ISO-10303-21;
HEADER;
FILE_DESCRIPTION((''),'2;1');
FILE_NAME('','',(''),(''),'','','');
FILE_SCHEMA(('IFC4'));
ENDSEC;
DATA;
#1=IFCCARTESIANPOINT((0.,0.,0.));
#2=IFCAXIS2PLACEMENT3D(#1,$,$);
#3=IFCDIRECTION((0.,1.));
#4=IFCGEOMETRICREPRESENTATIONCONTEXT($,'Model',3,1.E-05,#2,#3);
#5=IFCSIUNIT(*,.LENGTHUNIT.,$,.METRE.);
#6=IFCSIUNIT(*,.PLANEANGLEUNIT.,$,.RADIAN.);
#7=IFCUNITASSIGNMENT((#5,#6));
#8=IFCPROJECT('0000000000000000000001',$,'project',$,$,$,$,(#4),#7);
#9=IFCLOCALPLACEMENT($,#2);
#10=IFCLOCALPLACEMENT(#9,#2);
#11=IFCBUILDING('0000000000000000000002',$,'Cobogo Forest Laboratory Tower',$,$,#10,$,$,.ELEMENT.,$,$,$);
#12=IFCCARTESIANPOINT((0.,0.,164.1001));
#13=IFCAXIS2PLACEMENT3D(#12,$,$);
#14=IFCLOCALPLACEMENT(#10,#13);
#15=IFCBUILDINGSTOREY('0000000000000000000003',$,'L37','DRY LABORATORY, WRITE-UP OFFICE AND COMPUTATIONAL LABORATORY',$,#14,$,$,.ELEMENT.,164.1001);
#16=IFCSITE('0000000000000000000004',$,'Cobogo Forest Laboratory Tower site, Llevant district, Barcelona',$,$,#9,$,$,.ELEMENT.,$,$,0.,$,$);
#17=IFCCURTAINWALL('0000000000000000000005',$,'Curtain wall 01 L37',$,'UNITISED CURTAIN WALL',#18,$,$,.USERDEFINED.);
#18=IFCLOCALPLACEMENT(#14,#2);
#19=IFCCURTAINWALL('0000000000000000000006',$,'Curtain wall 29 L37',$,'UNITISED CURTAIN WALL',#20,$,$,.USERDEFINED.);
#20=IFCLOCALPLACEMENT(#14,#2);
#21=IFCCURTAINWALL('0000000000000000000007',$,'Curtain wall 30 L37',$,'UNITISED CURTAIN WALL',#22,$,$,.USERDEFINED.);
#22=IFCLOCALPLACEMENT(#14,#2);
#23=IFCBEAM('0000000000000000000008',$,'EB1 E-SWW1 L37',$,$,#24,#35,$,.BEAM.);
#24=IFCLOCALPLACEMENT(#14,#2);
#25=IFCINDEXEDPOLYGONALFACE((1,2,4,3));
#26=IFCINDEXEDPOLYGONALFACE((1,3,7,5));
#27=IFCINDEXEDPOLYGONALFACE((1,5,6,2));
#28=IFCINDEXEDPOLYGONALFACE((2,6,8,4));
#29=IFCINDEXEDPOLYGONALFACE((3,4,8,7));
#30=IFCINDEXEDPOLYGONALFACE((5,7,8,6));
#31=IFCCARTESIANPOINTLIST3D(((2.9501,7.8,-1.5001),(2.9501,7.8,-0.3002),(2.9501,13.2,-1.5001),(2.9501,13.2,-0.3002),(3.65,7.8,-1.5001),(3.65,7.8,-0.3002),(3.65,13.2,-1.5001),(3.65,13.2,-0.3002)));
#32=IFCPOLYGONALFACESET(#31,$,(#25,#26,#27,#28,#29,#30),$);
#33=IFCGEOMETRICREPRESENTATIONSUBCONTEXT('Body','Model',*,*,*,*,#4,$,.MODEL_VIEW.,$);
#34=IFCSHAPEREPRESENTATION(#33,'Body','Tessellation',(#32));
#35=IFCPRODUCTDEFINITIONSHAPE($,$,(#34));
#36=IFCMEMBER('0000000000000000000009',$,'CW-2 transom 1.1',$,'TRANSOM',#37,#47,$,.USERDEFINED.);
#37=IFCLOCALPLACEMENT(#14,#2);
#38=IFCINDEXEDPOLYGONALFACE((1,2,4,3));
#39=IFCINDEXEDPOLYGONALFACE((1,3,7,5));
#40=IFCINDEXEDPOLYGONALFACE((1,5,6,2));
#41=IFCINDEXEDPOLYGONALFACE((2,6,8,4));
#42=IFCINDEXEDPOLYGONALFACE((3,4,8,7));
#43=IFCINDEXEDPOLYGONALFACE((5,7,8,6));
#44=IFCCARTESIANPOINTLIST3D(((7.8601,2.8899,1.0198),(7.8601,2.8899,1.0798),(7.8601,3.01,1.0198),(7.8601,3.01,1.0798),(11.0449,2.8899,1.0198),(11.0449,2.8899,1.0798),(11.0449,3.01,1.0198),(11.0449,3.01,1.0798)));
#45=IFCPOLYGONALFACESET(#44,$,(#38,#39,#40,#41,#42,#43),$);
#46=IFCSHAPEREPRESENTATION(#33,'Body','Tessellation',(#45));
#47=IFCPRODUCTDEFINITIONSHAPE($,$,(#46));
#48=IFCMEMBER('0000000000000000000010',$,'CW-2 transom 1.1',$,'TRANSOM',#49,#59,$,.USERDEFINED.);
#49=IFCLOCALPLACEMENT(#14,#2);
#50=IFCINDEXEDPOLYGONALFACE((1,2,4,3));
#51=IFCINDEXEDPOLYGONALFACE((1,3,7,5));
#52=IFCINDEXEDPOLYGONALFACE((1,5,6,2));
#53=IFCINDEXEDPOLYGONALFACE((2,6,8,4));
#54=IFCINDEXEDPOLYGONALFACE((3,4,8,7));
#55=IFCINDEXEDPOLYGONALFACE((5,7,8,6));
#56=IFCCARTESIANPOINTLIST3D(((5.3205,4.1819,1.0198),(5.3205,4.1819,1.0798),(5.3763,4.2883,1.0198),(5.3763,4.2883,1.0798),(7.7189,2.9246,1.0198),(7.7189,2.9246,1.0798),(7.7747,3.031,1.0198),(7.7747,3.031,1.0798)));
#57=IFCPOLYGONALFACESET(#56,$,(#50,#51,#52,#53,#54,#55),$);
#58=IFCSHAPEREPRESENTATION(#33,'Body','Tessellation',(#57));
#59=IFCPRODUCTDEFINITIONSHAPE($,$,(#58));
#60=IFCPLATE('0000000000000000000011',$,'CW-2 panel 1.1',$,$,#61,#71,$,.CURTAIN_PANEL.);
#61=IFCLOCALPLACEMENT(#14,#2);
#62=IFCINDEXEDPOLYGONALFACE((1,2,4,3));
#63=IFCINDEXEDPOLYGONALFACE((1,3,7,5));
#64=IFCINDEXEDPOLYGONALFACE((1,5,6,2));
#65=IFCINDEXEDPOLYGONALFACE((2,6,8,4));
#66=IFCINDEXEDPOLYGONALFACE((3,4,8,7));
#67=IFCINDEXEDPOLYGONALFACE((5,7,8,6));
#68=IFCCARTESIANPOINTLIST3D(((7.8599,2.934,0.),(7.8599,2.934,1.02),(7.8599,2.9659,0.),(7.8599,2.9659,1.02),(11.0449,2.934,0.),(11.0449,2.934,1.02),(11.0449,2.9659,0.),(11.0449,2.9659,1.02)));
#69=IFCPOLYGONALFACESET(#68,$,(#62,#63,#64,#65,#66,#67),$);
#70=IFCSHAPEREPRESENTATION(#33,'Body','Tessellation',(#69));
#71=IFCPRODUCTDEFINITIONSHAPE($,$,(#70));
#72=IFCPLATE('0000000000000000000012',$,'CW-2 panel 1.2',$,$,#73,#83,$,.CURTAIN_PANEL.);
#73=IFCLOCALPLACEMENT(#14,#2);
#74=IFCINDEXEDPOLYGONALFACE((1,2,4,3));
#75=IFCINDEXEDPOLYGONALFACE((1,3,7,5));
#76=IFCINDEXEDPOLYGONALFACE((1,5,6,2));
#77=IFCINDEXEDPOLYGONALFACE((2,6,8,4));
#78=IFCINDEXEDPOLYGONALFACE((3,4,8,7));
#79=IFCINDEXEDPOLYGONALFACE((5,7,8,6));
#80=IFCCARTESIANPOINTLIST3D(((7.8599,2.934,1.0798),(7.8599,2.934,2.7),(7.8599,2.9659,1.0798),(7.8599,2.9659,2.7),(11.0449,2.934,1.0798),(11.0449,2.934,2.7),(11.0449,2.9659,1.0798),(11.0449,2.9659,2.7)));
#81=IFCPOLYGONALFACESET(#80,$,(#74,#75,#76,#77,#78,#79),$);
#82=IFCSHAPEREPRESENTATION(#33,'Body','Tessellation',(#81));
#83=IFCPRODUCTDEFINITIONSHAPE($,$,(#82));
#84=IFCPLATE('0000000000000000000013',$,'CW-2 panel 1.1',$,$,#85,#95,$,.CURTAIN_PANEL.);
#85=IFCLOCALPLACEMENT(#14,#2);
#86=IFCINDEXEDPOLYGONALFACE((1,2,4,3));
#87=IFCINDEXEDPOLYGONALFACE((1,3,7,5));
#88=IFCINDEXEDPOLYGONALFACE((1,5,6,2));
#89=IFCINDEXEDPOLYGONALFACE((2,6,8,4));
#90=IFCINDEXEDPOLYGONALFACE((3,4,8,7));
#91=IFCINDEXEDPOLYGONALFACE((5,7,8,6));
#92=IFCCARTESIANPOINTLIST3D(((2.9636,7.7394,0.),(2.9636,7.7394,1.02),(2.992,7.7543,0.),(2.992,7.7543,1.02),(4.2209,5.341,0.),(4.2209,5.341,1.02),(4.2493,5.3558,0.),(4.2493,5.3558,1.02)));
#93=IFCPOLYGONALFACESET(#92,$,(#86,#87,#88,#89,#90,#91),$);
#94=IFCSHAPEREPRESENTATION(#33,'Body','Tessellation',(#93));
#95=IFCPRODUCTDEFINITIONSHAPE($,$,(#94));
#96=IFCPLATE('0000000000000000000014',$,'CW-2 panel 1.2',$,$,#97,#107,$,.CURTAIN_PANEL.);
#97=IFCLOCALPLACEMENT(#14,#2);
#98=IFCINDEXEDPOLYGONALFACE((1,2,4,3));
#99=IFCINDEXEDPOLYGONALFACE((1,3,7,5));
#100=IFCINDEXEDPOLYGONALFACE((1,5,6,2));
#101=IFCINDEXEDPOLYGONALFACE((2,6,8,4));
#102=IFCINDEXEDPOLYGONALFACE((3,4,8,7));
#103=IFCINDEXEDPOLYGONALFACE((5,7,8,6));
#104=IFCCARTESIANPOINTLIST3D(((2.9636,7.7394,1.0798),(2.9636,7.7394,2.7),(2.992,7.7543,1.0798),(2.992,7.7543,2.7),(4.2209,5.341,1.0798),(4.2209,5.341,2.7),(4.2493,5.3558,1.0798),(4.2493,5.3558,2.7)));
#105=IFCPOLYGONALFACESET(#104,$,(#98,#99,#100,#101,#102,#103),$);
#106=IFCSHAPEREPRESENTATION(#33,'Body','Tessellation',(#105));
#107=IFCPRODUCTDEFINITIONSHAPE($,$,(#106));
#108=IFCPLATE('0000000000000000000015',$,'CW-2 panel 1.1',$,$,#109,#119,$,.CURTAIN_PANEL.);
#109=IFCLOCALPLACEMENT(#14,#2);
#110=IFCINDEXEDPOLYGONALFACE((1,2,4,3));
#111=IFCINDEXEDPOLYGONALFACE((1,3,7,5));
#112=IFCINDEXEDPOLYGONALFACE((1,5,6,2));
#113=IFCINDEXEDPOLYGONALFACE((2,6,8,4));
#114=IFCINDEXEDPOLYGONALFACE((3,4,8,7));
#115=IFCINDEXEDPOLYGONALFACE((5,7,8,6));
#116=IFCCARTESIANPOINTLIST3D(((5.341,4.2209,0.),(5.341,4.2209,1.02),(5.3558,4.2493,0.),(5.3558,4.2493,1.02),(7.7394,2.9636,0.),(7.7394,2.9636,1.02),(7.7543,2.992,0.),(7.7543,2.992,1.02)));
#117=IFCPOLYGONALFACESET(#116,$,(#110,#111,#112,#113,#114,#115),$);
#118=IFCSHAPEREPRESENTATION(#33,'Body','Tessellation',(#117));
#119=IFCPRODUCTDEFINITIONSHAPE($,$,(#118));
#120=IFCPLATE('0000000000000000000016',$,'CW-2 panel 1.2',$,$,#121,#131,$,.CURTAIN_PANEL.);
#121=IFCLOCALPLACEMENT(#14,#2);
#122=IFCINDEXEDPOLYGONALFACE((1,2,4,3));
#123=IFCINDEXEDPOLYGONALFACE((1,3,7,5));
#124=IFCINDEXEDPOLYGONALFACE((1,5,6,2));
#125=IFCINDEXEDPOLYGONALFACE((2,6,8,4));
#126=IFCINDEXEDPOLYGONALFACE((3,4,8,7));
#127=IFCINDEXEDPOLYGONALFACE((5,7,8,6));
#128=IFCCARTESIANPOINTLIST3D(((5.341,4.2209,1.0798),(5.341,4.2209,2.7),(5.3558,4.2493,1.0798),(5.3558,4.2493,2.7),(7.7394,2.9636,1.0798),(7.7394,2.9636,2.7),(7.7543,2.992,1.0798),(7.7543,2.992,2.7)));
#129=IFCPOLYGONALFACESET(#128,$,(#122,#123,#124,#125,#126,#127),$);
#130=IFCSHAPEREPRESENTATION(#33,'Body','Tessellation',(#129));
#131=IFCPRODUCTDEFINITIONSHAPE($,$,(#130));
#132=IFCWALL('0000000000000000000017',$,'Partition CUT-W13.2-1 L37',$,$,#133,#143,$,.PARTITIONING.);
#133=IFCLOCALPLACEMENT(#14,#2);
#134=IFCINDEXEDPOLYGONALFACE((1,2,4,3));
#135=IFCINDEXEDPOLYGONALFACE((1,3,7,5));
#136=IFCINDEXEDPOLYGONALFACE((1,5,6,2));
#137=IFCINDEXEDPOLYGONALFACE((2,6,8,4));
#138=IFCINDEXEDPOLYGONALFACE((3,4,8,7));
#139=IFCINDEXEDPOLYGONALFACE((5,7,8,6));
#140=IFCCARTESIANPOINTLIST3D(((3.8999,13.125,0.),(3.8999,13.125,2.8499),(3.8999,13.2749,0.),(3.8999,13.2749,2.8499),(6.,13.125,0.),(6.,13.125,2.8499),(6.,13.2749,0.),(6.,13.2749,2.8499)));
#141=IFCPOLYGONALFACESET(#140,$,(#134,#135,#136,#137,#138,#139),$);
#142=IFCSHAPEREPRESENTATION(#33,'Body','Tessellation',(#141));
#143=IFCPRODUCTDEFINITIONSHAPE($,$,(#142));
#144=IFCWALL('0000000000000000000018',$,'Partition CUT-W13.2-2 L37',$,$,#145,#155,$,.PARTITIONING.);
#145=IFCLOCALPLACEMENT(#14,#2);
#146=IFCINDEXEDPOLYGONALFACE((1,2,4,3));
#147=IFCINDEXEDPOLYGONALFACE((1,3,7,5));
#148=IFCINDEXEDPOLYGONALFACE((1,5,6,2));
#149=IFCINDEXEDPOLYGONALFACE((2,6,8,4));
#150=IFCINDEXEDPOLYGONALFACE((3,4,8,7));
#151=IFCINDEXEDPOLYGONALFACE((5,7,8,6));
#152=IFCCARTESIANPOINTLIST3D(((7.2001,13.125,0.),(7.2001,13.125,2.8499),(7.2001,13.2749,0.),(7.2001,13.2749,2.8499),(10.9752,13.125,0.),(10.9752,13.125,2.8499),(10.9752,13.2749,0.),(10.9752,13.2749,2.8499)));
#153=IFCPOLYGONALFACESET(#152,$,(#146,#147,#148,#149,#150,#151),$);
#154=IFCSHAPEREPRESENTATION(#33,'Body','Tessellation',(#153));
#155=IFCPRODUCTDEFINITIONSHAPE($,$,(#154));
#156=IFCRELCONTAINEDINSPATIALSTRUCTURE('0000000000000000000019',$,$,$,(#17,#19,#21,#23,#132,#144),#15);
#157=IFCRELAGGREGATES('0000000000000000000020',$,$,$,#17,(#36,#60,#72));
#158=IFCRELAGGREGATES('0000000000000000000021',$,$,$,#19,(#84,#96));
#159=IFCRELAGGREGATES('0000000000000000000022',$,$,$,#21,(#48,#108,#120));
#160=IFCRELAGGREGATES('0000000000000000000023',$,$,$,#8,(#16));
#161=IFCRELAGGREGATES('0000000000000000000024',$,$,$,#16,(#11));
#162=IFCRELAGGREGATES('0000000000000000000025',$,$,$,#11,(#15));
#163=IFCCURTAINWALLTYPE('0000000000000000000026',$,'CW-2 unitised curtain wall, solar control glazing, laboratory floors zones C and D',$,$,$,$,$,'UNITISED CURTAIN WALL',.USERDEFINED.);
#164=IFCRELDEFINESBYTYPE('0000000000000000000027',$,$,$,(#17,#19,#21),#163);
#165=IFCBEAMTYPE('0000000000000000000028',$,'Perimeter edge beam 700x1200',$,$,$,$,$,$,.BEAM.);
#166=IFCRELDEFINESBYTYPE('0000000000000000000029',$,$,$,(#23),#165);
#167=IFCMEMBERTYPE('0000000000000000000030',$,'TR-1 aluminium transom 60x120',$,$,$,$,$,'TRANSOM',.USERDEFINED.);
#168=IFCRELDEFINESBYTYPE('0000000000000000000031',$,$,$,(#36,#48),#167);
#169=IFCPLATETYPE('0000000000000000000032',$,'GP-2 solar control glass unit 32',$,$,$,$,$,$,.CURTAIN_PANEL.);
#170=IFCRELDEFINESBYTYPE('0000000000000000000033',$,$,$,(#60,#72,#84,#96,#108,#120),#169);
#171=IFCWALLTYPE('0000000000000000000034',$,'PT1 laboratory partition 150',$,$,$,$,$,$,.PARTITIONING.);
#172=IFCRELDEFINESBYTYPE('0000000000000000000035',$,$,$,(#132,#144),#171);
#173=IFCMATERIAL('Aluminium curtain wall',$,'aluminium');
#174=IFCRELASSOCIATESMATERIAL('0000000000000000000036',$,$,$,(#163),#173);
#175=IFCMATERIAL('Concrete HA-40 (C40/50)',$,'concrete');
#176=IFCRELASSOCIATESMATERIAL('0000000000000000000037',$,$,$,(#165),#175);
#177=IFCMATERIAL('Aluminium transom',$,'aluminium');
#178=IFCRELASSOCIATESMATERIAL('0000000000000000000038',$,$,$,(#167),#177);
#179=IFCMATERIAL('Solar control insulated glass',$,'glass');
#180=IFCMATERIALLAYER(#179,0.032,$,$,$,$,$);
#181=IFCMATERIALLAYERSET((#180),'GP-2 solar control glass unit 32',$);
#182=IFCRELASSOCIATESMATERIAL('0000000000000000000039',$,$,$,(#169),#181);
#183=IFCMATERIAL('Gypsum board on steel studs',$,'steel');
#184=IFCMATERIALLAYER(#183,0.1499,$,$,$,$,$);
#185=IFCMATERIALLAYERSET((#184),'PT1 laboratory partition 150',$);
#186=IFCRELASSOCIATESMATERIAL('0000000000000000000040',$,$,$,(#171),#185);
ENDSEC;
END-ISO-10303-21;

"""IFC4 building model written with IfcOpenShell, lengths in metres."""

from ifc_helpers import new_model, si_unit, direction, frame, frame_2d, origin, origin_2d, place, context, subcontext, project, spatial, rectangle, extrude, material, layer, layer_set, material_profile, profile_set, type_object, element, aggregate, save


model = new_model("IFC4")

# Units and contexts
model_context = context("Model", 3, precision=1e-05, world=origin(), true_north=direction((0.0, 1.0)))
body_context = subcontext(model_context, "Body", "Model", "MODEL_VIEW")
ifc_project = project(units=[si_unit("LENGTHUNIT", "METRE"), si_unit("PLANEANGLEUNIT", "RADIAN")], contexts=[model_context])

# Site, building, storey
site_placement = place(None, origin())
site = spatial("IfcSite", under=ifc_project, at=site_placement, Name="Cobogo Forest Laboratory Tower site, Llevant district, Barcelona", CompositionType="ELEMENT", RefElevation=0.0)
building_placement = place(site_placement, origin())
building = spatial("IfcBuilding", under=site, at=building_placement, Name="Cobogo Forest Laboratory Tower", CompositionType="ELEMENT")
storey_placement = place(building_placement, frame((0.0, 0.0, 164.1001)))
storey = spatial("IfcBuildingStorey", under=building, at=storey_placement, Name="L37", Description="DRY LABORATORY, WRITE-UP OFFICE AND COMPUTATIONAL LABORATORY", CompositionType="ELEMENT", Elevation=164.1001)

# Shared definitions
ifc_material_1 = material(Name="Concrete HA-40 (C40/50)", Category="concrete")

# Curtain walls
ifc_material_2 = material(Name="Aluminium curtain wall", Category="aluminium")
curtain_wall_type = type_object("IfcCurtainWallType", Name="CW-2 unitised curtain wall, solar control glazing, laboratory floors zones C and D", ElementType="UNITISED CURTAIN WALL", PredefinedType="USERDEFINED", material=ifc_material_2)
curtain_wall_1_placement = place(storey_placement, origin())
curtain_wall_1 = element("IfcCurtainWall", 1, at=curtain_wall_1_placement, inside=storey, type_object=curtain_wall_type, Name="Curtain wall 01 L37", ObjectType="UNITISED CURTAIN WALL", PredefinedType="USERDEFINED")
curtain_wall_2_placement = place(storey_placement, origin())
curtain_wall_2 = element("IfcCurtainWall", 2, at=curtain_wall_2_placement, inside=storey, type_object=curtain_wall_type, Name="Curtain wall 29 L37", ObjectType="UNITISED CURTAIN WALL", PredefinedType="USERDEFINED")

# Curtain wall
curtain_wall_3_placement = place(storey_placement, origin())
curtain_wall_3 = element("IfcCurtainWall", 3, at=curtain_wall_3_placement, inside=storey, type_object=curtain_wall_type, Name="Curtain wall 30 L37", ObjectType="UNITISED CURTAIN WALL", PredefinedType="USERDEFINED")

# Beam
ifc_material_profile_1 = material_profile(ifc_material_1, rectangle(XDim=0.7, YDim=1.2, at=origin_2d()), Name="RC 700x1200")
ifc_profile_set_1 = profile_set([ifc_material_profile_1], Name="Concrete HA-40 (C40/50)")
beam_type_1 = type_object("IfcBeamType", Name="Perimeter edge beam 700x1200", PredefinedType="BEAM", material=ifc_profile_set_1)
beam_1_placement = place(storey_placement, frame((3.3, 13.2, -0.9001), z_axis=(0.0, -1.0, 0.0), x_axis=(1.0, 0.0, 0.0)))
element("IfcBeam", 4, at=beam_1_placement, inside=storey, type_object=beam_type_1, Name="EB1 E-SWW1 L37", PredefinedType="BEAM", context=body_context, shape_type="SweptSolid", body=[
    extrude(rectangle(XDim=0.7, YDim=1.2, at=origin_2d()), origin(), (0.0, 0.0, 1.0), 5.3999),
])

# Members
ifc_material_3 = material(Name="Aluminium transom", Category="aluminium")
ifc_material_profile_2 = material_profile(ifc_material_3, rectangle(XDim=0.1201, YDim=0.0601, at=origin_2d()), Name="AL 60x120")
ifc_profile_set_2 = profile_set([ifc_material_profile_2], Name="Aluminium transom")
member_type_1 = type_object("IfcMemberType", Name="TR-1 aluminium transom 60x120", ElementType="TRANSOM", PredefinedType="USERDEFINED", material=ifc_profile_set_2)
member_1_placement = place(storey_placement, frame((7.8601, 2.95, 1.0498), z_axis=(1.0, 0.0, 0.0), x_axis=(0.0, 1.0, 0.0)))
member_1 = element("IfcMember", 5, at=member_1_placement, type_object=member_type_1, Name="CW-2 transom 1.1", ObjectType="TRANSOM", PredefinedType="USERDEFINED", context=body_context, shape_type="SweptSolid", body=[
    extrude(rectangle(XDim=0.1201, YDim=0.0601, at=origin_2d()), origin(), (0.0, 0.0, 1.0), 3.1848),
])
member_2_placement = place(storey_placement, frame((5.3484, 4.2351, 1.0498), z_axis=(0.88568, -0.464297, 0.0), x_axis=(0.464297, 0.88568, 0.0)))
member_2 = element("IfcMember", 6, at=member_2_placement, type_object=member_type_1, Name="CW-2 transom 1.1", ObjectType="TRANSOM", PredefinedType="USERDEFINED", context=body_context, shape_type="SweptSolid", body=[
    extrude(rectangle(XDim=0.1201, YDim=0.0601, at=origin_2d()), origin(), (0.0, 0.0, 1.0), 2.708),
])

# Plates
ifc_material_4 = material(Name="Solar control insulated glass", Category="glass")
ifc_layer_1 = layer(ifc_material_4, 0.032)
ifc_layer_set_1 = layer_set([ifc_layer_1], Name="GP-2 solar control glass unit 32")
plate_type = type_object("IfcPlateType", Name="GP-2 solar control glass unit 32", PredefinedType="CURTAIN_PANEL", material=ifc_layer_set_1)
plate_1_placement = place(storey_placement, frame((9.4524, 2.95, 0.0), z_axis=(0.0, 0.0, 1.0), x_axis=(1.0, 0.0, 0.0)))
plate_1 = element("IfcPlate", 7, at=plate_1_placement, type_object=plate_type, Name="CW-2 panel 1.1", PredefinedType="CURTAIN_PANEL", context=body_context, shape_type="SweptSolid", body=[
    extrude(rectangle(XDim=3.1851, YDim=0.032, at=origin_2d()), origin(), (0.0, 0.0, 1.0), 1.02),
])
plate_2_placement = place(storey_placement, frame((9.4524, 2.95, 1.0798), z_axis=(0.0, 0.0, 1.0), x_axis=(1.0, 0.0, 0.0)))
plate_2 = element("IfcPlate", 8, at=plate_2_placement, type_object=plate_type, Name="CW-2 panel 1.2", PredefinedType="CURTAIN_PANEL", context=body_context, shape_type="SweptSolid", body=[
    extrude(rectangle(XDim=3.1851, YDim=0.032, at=origin_2d()), origin(), (0.0, 0.0, 1.0), 1.6201),
])
aggregate(curtain_wall_1, [member_1, plate_1, plate_2])
plate_3_placement = place(storey_placement, frame((3.6064, 6.5476, 0.0), z_axis=(0.0, 0.0, 1.0), x_axis=(0.464284, -0.885686, 0.0)))
plate_3 = element("IfcPlate", 9, at=plate_3_placement, type_object=plate_type, Name="CW-2 panel 1.1", PredefinedType="CURTAIN_PANEL", context=body_context, shape_type="SweptSolid", body=[
    extrude(rectangle(XDim=2.708, YDim=0.032, at=origin_2d()), origin(), (0.0, 0.0, 1.0), 1.02),
])
plate_4_placement = place(storey_placement, frame((3.6064, 6.5476, 1.0798), z_axis=(0.0, 0.0, 1.0), x_axis=(0.464284, -0.885686, 0.0)))
plate_4 = element("IfcPlate", 10, at=plate_4_placement, type_object=plate_type, Name="CW-2 panel 1.2", PredefinedType="CURTAIN_PANEL", context=body_context, shape_type="SweptSolid", body=[
    extrude(rectangle(XDim=2.708, YDim=0.032, at=origin_2d()), origin(), (0.0, 0.0, 1.0), 1.6201),
])
aggregate(curtain_wall_2, [plate_3, plate_4])
plate_5_placement = place(storey_placement, frame((6.5476, 3.6064, 0.0), z_axis=(0.0, 0.0, 1.0), x_axis=(0.885686, -0.464284, 0.0)))
plate_5 = element("IfcPlate", 11, at=plate_5_placement, type_object=plate_type, Name="CW-2 panel 1.1", PredefinedType="CURTAIN_PANEL", context=body_context, shape_type="SweptSolid", body=[
    extrude(rectangle(XDim=2.708, YDim=0.032, at=origin_2d()), origin(), (0.0, 0.0, 1.0), 1.02),
])
plate_6_placement = place(storey_placement, frame((6.5476, 3.6064, 1.0798), z_axis=(0.0, 0.0, 1.0), x_axis=(0.885686, -0.464284, 0.0)))
plate_6 = element("IfcPlate", 12, at=plate_6_placement, type_object=plate_type, Name="CW-2 panel 1.2", PredefinedType="CURTAIN_PANEL", context=body_context, shape_type="SweptSolid", body=[
    extrude(rectangle(XDim=2.708, YDim=0.032, at=origin_2d()), origin(), (0.0, 0.0, 1.0), 1.6201),
])
aggregate(curtain_wall_3, [member_2, plate_5, plate_6])

# Walls
ifc_material_5 = material(Name="Gypsum board on steel studs", Category="steel")
ifc_layer_2 = layer(ifc_material_5, 0.1499)
ifc_layer_set_2 = layer_set([ifc_layer_2], Name="PT1 laboratory partition 150")
wall_type = type_object("IfcWallType", Name="PT1 laboratory partition 150", PredefinedType="PARTITIONING", material=ifc_layer_set_2)
wall_1_placement = place(storey_placement, frame((3.8999, 13.2, 0.0), z_axis=(0.0, 0.0, 1.0), x_axis=(1.0, 0.0, 0.0)))
element("IfcWall", 13, at=wall_1_placement, inside=storey, type_object=wall_type, Name="Partition CUT-W13.2-1 L37", PredefinedType="PARTITIONING", context=body_context, shape_type="SweptSolid", body=[
    extrude(rectangle(XDim=2.1001, YDim=0.1499, at=frame_2d((1.05, 0.0))), origin(), (0.0, 0.0, 1.0), 2.8499),
])
wall_2_placement = place(storey_placement, frame((7.2, 13.2, 0.0), z_axis=(0.0, 0.0, 1.0), x_axis=(1.0, 0.0, 0.0)))
element("IfcWall", 14, at=wall_2_placement, inside=storey, type_object=wall_type, Name="Partition CUT-W13.2-2 L37", PredefinedType="PARTITIONING", context=body_context, shape_type="SweptSolid", body=[
    extrude(rectangle(XDim=3.7751, YDim=0.1499, at=frame_2d((1.8877, 0.0))), origin(), (0.0, 0.0, 1.0), 2.8499),
])

save(model, "model.ifc")
